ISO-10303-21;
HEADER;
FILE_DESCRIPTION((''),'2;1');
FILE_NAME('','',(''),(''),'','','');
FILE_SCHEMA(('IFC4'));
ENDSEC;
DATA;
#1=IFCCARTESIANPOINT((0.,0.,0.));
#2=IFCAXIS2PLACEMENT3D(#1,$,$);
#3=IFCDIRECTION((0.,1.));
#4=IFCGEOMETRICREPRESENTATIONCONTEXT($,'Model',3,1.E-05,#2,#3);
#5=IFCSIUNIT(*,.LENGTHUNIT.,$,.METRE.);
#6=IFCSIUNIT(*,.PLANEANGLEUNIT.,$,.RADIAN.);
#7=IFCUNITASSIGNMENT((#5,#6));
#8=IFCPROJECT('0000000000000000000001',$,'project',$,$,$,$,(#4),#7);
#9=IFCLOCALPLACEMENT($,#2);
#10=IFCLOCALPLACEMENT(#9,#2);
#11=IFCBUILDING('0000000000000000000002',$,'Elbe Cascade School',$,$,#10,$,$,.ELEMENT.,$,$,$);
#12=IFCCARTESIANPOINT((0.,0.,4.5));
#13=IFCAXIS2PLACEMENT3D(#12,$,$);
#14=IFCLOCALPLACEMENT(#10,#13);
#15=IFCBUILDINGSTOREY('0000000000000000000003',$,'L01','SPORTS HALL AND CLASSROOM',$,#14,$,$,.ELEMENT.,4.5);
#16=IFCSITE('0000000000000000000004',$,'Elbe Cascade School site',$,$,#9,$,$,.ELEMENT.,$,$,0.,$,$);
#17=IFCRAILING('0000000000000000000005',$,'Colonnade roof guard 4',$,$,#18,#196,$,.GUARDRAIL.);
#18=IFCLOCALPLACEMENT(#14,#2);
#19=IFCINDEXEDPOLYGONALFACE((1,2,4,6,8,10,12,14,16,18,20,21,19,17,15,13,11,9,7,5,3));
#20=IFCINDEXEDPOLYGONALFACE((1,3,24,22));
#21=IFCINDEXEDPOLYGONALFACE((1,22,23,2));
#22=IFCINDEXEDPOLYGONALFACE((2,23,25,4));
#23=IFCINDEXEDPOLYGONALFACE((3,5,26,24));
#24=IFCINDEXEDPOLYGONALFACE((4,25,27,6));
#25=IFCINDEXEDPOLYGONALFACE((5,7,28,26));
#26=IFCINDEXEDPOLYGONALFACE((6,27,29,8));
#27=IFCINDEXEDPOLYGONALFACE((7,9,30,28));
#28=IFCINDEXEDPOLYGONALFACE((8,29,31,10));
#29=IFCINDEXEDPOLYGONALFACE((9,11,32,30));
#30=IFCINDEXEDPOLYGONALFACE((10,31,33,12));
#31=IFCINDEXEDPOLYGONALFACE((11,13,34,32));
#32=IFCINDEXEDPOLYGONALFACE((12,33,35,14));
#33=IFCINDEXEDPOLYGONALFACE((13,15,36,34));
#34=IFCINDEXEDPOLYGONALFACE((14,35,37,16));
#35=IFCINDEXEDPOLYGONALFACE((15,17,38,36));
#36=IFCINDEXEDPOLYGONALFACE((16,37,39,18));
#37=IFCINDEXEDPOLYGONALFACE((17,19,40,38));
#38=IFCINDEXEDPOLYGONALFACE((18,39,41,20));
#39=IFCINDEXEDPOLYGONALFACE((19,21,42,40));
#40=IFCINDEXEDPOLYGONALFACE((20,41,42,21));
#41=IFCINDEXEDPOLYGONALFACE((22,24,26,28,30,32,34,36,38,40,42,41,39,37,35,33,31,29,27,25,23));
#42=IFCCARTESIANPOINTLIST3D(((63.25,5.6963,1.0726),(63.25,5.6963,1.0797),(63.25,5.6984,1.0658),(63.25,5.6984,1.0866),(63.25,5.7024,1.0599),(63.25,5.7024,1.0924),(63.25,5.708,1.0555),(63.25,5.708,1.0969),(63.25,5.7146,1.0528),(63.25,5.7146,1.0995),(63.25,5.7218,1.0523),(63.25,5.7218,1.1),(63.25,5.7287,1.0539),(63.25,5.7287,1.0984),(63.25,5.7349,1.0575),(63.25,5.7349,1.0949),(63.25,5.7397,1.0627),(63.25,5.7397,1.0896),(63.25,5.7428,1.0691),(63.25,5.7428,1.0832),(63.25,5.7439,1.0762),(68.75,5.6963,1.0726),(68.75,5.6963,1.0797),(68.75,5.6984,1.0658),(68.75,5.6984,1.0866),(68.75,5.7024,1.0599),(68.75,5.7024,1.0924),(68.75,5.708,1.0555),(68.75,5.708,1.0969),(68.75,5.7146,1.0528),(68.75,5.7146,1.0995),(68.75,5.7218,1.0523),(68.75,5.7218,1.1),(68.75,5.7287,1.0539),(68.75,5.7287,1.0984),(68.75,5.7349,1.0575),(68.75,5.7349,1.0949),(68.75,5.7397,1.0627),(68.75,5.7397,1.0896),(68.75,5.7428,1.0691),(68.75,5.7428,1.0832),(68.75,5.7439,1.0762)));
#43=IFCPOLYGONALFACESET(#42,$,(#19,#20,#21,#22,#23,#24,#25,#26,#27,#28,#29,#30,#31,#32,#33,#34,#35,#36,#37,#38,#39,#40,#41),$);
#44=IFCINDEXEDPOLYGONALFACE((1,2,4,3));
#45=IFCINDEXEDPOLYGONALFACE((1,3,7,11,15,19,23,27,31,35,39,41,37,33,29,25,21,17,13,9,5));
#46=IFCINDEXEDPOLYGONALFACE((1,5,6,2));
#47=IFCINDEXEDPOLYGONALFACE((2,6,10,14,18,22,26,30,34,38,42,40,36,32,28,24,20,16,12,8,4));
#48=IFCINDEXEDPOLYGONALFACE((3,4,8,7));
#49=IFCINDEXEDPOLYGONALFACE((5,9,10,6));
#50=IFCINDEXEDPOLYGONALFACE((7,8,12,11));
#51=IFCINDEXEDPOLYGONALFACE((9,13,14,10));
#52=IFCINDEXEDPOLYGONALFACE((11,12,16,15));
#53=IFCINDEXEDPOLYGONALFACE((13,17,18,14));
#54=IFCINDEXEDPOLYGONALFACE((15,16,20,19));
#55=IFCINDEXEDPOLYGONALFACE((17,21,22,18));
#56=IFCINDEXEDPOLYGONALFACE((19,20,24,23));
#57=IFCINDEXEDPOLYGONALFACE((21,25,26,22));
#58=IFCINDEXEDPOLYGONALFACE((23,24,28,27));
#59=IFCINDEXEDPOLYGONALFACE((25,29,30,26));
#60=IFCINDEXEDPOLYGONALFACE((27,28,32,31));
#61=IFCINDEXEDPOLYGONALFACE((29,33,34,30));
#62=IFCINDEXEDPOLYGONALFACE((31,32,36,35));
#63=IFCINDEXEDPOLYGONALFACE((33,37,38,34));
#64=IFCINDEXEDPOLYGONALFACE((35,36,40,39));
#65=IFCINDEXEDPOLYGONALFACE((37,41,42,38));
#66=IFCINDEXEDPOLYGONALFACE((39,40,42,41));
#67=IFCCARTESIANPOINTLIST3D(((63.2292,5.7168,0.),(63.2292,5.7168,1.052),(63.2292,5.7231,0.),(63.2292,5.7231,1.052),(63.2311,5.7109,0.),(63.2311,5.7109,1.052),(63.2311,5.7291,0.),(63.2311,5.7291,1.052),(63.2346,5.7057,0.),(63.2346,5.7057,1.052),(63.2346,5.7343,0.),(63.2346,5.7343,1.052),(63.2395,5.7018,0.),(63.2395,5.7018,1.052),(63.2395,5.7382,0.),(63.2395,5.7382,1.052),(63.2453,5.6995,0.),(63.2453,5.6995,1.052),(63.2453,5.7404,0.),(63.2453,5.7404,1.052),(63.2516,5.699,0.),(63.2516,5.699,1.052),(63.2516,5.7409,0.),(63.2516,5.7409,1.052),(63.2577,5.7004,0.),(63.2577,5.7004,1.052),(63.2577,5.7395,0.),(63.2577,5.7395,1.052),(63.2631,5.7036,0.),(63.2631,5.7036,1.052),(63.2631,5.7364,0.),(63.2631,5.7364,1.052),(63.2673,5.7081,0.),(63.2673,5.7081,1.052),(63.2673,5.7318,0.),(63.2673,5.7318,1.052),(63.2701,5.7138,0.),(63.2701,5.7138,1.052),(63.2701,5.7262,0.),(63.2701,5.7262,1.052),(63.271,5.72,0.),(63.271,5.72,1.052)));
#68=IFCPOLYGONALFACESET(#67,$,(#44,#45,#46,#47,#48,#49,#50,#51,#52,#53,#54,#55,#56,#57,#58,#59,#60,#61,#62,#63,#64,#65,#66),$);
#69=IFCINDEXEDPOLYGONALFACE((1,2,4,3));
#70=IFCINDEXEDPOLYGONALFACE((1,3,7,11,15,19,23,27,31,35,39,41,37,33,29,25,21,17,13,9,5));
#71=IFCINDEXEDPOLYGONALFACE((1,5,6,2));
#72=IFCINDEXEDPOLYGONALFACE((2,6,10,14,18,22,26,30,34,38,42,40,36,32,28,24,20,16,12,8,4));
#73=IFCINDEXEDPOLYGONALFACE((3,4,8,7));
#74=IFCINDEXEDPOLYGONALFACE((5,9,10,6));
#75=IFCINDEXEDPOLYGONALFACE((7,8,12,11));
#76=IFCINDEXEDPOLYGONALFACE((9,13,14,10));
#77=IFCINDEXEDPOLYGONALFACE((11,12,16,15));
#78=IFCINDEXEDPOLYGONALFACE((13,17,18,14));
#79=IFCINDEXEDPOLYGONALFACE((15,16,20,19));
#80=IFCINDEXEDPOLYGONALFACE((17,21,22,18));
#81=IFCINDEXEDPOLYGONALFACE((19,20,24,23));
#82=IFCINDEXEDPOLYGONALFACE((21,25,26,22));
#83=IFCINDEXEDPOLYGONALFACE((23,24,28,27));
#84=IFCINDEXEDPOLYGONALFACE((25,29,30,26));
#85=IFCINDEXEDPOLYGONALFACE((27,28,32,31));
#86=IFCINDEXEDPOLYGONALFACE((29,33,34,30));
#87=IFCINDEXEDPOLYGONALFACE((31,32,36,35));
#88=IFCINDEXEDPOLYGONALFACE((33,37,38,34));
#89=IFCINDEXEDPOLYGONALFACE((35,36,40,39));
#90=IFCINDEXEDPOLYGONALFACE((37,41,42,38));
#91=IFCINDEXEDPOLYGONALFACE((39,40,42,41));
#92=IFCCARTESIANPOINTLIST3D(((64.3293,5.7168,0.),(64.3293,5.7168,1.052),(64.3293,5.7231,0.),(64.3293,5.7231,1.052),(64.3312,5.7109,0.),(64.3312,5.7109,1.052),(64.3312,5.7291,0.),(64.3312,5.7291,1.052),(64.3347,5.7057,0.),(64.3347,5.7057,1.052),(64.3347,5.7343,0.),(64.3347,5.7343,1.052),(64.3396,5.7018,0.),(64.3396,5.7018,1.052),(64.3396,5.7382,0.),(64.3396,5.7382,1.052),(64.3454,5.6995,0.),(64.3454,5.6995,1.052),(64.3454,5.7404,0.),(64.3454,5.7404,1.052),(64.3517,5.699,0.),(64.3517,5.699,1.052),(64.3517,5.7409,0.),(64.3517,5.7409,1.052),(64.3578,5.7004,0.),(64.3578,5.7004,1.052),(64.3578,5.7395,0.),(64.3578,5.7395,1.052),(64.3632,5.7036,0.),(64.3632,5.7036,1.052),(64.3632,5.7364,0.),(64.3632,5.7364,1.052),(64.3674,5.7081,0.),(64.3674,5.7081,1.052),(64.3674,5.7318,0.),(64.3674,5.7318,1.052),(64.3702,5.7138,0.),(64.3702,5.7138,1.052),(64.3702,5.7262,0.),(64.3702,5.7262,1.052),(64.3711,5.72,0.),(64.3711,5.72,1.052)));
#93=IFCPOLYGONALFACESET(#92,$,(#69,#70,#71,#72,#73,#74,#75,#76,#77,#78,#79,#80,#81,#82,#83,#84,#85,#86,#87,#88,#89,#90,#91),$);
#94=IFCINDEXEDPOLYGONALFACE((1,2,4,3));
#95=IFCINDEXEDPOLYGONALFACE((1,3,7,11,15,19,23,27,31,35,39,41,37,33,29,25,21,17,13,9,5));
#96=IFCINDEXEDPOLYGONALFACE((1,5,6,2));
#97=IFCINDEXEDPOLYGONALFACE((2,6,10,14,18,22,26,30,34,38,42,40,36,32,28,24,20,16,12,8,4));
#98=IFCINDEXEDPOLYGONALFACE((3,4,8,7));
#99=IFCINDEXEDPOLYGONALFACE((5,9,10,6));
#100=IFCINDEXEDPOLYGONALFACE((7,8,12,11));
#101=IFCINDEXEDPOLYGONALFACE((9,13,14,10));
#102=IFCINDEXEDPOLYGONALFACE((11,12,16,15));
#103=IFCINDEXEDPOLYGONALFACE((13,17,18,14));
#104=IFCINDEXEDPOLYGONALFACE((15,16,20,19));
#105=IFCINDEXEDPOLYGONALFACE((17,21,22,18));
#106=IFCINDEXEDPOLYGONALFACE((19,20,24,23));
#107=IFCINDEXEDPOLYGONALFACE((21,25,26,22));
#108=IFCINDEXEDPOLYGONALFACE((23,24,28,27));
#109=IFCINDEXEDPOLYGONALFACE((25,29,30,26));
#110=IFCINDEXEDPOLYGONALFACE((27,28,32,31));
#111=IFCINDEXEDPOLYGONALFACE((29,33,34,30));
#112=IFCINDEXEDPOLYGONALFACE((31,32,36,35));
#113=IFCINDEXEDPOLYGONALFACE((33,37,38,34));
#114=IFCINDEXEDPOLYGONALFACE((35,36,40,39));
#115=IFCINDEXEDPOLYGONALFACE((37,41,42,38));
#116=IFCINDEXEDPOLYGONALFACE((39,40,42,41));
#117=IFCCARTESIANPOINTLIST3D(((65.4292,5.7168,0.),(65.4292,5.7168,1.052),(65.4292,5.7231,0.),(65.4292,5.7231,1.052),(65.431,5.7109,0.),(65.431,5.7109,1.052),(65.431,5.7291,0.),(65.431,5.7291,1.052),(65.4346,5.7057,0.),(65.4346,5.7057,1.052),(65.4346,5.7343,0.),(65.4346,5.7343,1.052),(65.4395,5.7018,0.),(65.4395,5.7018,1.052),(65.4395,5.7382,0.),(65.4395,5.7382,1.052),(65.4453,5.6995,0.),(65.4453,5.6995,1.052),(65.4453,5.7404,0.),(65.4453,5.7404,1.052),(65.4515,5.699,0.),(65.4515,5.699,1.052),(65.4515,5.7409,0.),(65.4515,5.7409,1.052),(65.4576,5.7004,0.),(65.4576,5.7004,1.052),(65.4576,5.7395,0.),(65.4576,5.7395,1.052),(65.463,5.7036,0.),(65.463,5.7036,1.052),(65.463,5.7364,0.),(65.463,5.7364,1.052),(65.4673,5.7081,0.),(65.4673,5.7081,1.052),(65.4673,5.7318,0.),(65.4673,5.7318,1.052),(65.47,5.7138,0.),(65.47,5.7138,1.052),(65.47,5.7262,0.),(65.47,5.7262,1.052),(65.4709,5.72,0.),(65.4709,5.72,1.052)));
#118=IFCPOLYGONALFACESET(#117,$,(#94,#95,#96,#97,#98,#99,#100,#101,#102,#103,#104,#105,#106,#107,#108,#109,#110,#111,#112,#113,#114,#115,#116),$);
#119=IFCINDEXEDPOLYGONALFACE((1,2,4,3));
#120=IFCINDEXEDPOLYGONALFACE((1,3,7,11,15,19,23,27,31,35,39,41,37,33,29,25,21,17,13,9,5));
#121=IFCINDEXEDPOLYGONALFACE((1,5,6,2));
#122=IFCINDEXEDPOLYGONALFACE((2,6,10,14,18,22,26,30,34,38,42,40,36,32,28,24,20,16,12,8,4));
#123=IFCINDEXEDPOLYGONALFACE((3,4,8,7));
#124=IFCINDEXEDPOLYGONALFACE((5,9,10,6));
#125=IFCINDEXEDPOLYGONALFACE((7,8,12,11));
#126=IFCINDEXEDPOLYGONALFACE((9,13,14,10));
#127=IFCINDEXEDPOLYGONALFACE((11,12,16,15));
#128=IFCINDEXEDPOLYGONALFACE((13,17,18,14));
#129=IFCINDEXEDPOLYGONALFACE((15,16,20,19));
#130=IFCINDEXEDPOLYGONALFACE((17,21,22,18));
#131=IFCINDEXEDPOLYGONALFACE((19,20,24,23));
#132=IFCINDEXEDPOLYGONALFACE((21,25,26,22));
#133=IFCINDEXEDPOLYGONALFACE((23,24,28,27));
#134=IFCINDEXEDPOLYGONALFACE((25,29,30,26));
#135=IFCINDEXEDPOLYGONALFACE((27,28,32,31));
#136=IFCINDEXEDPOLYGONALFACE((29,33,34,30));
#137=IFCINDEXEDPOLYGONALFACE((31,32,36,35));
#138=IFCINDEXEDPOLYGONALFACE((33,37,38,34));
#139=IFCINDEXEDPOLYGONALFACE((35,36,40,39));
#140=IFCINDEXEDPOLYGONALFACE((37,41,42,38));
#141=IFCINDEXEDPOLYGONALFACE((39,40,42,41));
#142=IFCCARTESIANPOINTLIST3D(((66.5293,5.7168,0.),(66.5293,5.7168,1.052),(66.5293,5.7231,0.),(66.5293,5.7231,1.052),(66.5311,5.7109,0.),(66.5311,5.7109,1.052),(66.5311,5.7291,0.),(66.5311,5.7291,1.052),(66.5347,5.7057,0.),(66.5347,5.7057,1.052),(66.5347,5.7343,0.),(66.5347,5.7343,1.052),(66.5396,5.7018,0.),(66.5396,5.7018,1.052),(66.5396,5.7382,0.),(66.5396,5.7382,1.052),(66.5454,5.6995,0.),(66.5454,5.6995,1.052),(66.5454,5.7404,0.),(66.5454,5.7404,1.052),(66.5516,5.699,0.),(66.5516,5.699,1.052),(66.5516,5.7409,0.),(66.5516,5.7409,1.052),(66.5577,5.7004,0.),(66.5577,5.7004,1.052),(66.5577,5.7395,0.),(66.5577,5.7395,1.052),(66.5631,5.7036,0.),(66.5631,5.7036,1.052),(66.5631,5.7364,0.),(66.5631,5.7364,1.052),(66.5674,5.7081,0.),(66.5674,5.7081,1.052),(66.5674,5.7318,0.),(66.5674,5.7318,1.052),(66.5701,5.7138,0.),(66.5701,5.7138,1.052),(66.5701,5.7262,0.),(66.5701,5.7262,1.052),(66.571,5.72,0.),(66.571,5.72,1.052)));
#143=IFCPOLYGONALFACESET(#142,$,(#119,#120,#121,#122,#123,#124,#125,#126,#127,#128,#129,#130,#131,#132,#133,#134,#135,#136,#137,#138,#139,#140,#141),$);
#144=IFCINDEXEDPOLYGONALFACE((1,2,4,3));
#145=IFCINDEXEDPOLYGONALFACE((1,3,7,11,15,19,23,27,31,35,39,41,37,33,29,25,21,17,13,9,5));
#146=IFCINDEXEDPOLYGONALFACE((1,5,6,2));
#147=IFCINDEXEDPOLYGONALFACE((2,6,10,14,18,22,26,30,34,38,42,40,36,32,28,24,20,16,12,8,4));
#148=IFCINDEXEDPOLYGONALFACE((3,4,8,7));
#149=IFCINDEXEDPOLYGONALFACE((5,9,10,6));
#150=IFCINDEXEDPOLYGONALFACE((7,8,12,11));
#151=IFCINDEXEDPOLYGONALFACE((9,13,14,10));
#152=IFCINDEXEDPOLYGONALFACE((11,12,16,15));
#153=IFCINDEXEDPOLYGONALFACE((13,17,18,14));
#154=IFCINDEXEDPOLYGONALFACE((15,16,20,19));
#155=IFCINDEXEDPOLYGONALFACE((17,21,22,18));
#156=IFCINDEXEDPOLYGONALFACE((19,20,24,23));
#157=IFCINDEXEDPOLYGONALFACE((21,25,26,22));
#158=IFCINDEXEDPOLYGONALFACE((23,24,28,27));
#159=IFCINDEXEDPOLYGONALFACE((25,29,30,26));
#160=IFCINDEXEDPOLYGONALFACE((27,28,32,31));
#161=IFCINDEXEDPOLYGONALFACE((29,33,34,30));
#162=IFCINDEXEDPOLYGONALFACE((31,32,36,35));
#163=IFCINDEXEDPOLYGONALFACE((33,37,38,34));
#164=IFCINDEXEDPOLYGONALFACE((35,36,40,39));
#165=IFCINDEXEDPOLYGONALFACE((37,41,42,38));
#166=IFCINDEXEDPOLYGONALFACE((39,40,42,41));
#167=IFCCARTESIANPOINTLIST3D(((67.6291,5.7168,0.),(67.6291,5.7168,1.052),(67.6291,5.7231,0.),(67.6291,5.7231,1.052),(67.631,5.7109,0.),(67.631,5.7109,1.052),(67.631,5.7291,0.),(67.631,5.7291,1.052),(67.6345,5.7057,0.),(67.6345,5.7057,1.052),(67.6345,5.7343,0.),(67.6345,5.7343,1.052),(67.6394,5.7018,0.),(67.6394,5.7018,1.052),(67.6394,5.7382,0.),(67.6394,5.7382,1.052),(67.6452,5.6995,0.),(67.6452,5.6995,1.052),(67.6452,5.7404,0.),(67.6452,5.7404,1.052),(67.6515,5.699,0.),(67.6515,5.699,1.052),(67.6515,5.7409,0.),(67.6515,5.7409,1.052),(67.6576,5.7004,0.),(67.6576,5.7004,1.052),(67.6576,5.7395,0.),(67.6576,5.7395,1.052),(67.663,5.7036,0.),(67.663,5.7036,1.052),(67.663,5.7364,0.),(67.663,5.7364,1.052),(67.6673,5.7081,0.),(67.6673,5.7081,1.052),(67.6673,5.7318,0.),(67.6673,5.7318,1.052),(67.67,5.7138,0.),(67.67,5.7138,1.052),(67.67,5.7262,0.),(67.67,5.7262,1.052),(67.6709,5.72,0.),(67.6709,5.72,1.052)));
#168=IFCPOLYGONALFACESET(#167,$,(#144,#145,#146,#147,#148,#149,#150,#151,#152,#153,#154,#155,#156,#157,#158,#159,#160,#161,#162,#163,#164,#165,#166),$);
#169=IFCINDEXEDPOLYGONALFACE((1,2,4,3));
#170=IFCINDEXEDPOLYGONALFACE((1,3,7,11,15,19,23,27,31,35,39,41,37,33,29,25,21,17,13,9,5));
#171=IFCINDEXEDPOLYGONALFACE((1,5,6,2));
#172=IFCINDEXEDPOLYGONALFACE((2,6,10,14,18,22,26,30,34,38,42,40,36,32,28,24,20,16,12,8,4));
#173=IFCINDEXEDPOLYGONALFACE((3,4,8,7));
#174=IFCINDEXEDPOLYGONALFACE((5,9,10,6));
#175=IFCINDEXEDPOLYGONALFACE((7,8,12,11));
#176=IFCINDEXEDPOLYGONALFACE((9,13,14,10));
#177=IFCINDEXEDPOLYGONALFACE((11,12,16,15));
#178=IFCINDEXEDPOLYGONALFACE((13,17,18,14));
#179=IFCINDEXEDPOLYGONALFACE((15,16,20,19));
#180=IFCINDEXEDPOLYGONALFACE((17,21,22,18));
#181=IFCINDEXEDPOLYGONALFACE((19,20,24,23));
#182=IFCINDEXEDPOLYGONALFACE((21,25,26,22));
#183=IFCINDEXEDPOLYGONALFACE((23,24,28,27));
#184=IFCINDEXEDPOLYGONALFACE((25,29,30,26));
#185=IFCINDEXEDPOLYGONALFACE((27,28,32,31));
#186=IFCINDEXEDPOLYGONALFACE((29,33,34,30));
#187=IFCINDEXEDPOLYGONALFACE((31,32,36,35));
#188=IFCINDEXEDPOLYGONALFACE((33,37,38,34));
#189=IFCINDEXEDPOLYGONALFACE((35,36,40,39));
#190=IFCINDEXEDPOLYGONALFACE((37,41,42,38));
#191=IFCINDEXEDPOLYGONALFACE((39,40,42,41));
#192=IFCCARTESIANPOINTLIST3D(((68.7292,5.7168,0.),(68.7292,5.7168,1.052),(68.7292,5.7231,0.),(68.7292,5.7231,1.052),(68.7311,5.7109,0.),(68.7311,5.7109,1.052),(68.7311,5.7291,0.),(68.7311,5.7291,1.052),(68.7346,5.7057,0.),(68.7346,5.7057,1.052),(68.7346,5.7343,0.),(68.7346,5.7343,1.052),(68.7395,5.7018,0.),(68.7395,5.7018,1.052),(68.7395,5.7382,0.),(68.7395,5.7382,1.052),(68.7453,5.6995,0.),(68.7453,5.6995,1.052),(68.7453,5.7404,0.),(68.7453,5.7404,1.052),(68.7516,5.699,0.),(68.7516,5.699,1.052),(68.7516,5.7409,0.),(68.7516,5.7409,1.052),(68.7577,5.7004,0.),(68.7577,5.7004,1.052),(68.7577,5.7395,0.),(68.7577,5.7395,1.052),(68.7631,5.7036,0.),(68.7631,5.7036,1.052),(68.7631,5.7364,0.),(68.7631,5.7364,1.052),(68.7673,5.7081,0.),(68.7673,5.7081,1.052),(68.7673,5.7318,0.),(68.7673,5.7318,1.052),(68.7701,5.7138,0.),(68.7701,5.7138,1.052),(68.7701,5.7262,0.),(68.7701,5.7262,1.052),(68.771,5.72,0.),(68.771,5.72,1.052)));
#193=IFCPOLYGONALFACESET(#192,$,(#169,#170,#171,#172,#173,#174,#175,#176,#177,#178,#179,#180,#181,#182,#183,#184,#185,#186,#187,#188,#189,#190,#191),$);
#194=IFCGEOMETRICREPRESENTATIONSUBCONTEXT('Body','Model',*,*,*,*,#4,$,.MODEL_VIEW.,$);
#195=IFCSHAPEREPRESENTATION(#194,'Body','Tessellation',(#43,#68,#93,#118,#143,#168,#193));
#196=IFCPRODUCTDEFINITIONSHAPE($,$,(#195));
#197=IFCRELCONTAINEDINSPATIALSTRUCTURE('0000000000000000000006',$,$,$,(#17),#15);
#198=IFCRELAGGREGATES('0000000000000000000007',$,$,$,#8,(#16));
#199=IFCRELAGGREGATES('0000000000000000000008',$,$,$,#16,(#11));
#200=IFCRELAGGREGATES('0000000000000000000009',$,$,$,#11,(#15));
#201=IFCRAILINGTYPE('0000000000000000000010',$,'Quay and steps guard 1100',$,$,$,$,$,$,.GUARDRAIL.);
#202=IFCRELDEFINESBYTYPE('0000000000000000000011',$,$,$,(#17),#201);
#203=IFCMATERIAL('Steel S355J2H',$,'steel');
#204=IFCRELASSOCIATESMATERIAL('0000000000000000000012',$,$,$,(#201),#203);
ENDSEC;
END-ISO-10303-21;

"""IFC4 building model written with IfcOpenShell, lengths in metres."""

from ifc_helpers import new_model, si_unit, direction, frame, origin, origin_2d, place, context, subcontext, project, spatial, circle, extrude, material, type_object, element, save


model = new_model("IFC4")

# Units and contexts
model_context = context("Model", 3, precision=1e-05, world=origin(), true_north=direction((0.0, 1.0)))
body_context = subcontext(model_context, "Body", "Model", "MODEL_VIEW")
ifc_project = project(units=[si_unit("LENGTHUNIT", "METRE"), si_unit("PLANEANGLEUNIT", "RADIAN")], contexts=[model_context])

# Site, building, storey
site_placement = place(None, origin())
site = spatial("IfcSite", under=ifc_project, at=site_placement, Name="Elbe Cascade School site", CompositionType="ELEMENT", RefElevation=0.0)
building_placement = place(site_placement, origin())
building = spatial("IfcBuilding", under=site, at=building_placement, Name="Elbe Cascade School", CompositionType="ELEMENT")
storey_placement = place(building_placement, frame((0.0, 0.0, 4.5)))
storey = spatial("IfcBuildingStorey", under=building, at=storey_placement, Name="L01", Description="SPORTS HALL AND CLASSROOM", CompositionType="ELEMENT", Elevation=4.5)

# Railing
ifc_material_1 = material(Name="Steel S355J2H", Category="steel")
railing_type = type_object("IfcRailingType", Name="Quay and steps guard 1100", PredefinedType="GUARDRAIL", material=ifc_material_1)
railing_placement = place(storey_placement, frame((63.25, 5.72, 0.0)))
element("IfcRailing", 1, at=railing_placement, inside=storey, type_object=railing_type, Name="Colonnade roof guard 4", PredefinedType="GUARDRAIL", context=body_context, shape_type="SweptSolid", body=[
    extrude(circle(Radius=0.0239, at=origin_2d()), frame((0.0, 0.0, 1.0762), z_axis=(1.0, 0.0, 0.0), x_axis=(0.0, 1.0, 0.0)), (0.0, 0.0, 1.0), 5.5),
    extrude(circle(Radius=0.021, at=origin_2d()), origin(), (0.0, 0.0, 1.0), 1.052),
    extrude(circle(Radius=0.021, at=origin_2d()), frame((1.1001, 0.0, 0.0)), (0.0, 0.0, 1.0), 1.052),
    extrude(circle(Radius=0.021, at=origin_2d()), frame((2.2, 0.0, 0.0)), (0.0, 0.0, 1.0), 1.052),
    extrude(circle(Radius=0.021, at=origin_2d()), frame((3.3, 0.0, 0.0)), (0.0, 0.0, 1.0), 1.052),
    extrude(circle(Radius=0.021, at=origin_2d()), frame((4.3999, 0.0, 0.0)), (0.0, 0.0, 1.0), 1.052),
    extrude(circle(Radius=0.021, at=origin_2d()), frame((5.5, 0.0, 0.0)), (0.0, 0.0, 1.0), 1.052),
])

save(model, "model.ifc")
